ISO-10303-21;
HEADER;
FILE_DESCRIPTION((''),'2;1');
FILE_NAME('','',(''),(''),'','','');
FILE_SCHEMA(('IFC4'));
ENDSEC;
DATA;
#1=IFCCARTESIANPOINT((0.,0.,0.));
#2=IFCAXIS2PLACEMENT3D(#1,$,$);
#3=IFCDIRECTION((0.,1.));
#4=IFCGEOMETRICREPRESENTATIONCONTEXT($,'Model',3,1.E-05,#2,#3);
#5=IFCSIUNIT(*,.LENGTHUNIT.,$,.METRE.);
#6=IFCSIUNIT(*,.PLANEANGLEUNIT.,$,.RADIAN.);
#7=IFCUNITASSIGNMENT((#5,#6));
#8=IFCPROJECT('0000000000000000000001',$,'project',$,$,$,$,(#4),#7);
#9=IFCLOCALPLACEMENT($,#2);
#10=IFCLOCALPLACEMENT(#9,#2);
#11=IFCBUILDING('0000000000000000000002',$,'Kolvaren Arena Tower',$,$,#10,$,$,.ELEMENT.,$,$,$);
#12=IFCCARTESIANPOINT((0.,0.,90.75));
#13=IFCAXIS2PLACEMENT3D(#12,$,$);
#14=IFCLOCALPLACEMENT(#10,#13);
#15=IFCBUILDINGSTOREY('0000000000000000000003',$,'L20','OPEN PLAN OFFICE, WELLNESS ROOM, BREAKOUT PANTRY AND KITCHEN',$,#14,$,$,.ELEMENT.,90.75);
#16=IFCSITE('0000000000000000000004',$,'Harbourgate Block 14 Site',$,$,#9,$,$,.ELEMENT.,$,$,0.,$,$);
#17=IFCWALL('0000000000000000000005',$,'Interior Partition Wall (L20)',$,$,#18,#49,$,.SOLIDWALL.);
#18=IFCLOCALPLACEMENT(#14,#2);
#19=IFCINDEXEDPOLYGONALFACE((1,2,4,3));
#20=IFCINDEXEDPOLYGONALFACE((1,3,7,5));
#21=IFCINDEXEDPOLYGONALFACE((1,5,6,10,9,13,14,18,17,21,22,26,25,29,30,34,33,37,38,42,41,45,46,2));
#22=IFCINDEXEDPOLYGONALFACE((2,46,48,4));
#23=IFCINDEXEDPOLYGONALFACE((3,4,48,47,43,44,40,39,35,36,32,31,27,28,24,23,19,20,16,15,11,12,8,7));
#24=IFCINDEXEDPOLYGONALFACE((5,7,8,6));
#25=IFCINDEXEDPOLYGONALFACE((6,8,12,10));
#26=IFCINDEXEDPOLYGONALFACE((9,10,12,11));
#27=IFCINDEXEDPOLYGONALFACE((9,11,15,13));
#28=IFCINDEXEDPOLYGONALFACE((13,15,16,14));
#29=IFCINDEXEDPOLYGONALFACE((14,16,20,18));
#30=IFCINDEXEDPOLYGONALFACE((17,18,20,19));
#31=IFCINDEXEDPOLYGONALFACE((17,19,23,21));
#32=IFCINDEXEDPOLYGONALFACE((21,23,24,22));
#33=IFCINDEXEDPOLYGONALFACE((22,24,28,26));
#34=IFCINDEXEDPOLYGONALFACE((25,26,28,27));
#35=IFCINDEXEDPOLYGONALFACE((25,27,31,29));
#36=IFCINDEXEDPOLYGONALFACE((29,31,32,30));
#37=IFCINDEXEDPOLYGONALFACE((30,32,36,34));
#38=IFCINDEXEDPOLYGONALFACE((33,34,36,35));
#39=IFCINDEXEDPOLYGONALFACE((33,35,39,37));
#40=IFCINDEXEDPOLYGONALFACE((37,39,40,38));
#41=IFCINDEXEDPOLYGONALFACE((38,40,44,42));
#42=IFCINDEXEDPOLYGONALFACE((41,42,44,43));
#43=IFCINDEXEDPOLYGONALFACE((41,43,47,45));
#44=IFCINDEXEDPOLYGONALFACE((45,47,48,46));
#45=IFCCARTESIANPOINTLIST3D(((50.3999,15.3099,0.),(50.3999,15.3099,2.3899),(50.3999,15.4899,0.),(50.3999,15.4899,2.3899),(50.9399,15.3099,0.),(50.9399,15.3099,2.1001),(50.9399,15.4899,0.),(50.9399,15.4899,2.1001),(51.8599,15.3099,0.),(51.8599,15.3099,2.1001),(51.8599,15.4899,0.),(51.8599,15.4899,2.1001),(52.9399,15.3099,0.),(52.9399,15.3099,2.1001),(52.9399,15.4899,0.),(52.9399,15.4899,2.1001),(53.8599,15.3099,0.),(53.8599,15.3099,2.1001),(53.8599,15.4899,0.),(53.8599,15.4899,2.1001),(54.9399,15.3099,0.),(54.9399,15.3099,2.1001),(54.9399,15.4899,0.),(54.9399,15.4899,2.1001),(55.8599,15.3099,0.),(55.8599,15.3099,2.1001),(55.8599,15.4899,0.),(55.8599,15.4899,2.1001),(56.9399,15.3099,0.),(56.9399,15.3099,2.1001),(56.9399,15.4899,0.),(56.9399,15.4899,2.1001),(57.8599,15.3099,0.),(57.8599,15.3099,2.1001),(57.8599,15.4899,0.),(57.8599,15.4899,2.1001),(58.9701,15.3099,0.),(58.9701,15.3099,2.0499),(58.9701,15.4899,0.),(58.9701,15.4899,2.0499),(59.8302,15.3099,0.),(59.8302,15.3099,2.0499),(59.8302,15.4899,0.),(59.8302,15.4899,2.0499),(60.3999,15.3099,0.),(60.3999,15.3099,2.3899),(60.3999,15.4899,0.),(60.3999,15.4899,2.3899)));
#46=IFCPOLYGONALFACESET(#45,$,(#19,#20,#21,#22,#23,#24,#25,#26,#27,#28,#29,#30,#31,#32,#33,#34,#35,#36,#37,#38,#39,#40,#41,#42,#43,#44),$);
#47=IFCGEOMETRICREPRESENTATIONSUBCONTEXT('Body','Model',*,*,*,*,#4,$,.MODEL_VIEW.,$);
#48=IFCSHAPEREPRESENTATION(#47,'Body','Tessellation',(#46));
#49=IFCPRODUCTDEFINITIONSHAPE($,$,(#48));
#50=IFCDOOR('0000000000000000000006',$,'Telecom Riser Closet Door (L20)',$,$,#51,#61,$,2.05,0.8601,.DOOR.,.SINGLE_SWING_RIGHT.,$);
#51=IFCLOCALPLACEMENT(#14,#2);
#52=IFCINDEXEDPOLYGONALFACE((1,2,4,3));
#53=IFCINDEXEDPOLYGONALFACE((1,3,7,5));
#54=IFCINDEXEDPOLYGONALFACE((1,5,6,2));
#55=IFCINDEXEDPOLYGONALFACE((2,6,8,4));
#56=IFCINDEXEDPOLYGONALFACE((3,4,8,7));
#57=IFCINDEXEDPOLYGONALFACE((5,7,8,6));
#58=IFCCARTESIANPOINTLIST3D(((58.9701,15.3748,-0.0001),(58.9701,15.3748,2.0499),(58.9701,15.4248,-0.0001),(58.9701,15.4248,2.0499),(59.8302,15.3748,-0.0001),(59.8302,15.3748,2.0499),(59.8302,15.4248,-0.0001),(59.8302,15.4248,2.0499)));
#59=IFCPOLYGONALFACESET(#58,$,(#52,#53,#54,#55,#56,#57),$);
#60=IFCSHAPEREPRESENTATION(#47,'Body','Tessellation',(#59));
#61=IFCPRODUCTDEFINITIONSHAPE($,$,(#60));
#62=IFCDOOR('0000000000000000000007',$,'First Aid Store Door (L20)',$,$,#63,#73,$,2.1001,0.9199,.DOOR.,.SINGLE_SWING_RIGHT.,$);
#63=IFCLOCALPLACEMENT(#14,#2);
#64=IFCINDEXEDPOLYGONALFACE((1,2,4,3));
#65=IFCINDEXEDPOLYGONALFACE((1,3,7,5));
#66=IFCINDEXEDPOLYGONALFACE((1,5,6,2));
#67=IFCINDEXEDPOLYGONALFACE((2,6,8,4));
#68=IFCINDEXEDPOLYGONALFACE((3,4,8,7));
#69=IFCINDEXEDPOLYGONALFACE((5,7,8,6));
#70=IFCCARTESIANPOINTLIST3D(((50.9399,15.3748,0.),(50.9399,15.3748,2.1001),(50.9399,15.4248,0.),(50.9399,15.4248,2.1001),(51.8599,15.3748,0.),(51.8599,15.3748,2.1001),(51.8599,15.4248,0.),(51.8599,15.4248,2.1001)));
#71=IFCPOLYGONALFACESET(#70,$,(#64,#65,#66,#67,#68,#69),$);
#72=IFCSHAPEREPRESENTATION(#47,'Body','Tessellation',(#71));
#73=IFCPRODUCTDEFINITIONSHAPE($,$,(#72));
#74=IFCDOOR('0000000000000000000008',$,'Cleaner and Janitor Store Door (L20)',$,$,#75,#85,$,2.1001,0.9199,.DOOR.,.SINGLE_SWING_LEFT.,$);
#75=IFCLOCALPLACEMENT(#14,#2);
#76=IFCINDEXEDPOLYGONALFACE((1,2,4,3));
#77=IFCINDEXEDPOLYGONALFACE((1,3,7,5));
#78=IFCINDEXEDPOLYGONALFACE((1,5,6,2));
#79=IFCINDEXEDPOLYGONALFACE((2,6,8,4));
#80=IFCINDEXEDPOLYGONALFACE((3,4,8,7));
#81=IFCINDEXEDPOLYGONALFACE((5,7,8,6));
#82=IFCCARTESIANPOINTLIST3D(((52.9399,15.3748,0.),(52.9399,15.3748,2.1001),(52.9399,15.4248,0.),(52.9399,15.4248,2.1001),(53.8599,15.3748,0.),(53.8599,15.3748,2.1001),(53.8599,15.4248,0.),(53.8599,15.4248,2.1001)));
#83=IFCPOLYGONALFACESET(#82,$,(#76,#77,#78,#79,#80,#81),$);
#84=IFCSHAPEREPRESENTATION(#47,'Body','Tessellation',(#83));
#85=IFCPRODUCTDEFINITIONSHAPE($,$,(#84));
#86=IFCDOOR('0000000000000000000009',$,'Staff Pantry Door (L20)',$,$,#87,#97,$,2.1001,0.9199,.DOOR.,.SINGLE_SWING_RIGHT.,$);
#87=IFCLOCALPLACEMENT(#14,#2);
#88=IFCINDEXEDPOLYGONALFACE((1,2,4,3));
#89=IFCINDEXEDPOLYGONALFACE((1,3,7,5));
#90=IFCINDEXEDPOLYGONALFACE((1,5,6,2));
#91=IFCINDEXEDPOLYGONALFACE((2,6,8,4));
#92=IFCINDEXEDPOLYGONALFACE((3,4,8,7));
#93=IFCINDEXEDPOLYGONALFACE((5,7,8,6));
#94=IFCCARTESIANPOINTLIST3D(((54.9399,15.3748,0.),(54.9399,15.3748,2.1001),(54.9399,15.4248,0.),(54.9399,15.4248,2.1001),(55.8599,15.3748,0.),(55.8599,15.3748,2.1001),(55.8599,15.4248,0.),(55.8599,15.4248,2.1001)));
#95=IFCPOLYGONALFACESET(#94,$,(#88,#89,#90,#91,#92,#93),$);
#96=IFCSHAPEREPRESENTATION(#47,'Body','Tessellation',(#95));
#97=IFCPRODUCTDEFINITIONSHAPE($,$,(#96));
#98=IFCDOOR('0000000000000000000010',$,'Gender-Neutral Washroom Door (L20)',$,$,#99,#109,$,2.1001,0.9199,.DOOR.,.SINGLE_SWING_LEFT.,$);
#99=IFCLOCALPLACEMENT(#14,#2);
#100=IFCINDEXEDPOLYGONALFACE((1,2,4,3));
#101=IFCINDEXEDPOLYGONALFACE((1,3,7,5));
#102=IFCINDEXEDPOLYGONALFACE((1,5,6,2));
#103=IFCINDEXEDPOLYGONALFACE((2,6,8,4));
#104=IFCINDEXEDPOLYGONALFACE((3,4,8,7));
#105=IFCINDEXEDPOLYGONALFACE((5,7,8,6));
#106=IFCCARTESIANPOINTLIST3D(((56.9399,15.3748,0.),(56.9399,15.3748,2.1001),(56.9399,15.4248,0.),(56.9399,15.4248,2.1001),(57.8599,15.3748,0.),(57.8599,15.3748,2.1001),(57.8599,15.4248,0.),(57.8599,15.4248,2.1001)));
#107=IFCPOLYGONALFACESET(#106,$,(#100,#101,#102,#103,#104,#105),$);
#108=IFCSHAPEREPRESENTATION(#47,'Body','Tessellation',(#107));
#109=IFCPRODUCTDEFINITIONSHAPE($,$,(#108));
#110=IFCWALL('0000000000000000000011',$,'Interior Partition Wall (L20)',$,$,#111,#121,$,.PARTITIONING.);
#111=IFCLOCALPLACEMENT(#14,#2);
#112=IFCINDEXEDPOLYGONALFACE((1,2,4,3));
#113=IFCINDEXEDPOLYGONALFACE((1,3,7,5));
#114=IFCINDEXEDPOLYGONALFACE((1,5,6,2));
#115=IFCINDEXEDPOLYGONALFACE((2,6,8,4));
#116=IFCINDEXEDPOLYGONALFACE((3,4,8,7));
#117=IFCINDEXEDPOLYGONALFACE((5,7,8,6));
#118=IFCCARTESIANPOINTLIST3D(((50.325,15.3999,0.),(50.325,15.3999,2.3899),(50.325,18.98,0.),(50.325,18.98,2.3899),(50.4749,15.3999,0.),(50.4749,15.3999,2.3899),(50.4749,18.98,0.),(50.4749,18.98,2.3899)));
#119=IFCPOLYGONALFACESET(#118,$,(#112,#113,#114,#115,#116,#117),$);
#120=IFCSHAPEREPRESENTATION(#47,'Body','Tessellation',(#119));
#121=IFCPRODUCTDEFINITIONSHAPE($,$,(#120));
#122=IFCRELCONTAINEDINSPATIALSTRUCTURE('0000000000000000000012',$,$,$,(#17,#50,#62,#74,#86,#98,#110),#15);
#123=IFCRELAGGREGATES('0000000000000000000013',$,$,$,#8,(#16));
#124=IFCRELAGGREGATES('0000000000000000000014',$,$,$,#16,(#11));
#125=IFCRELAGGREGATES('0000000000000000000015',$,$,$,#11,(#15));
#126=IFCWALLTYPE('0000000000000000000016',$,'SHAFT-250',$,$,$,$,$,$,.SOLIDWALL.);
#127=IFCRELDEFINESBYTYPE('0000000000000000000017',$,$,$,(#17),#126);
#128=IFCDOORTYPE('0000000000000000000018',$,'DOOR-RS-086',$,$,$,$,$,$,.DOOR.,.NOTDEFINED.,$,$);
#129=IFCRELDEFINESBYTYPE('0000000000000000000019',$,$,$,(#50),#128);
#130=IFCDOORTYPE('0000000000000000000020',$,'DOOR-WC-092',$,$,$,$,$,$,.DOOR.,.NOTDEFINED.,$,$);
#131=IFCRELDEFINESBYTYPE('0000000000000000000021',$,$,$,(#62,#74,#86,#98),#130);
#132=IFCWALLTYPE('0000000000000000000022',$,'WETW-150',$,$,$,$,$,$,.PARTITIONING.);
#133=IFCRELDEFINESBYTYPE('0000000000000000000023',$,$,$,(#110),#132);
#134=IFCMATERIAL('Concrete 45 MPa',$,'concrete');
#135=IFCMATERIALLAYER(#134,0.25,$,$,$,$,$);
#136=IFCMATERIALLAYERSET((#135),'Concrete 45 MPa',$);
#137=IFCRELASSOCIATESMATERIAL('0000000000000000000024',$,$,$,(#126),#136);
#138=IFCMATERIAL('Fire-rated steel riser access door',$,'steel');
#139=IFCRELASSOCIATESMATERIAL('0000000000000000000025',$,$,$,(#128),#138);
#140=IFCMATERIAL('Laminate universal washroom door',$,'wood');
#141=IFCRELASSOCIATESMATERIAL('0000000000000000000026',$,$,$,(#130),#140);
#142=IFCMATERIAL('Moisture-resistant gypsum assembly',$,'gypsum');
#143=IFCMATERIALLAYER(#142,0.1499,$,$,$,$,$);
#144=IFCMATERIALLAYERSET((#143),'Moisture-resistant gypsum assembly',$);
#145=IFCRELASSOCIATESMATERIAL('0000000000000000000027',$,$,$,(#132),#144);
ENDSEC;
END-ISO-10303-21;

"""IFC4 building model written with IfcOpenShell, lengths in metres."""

from ifc_helpers import new_model, si_unit, direction, frame, frame_2d, origin, place, context, subcontext, project, spatial, rectangle, extrude, material, layer, layer_set, type_object, element, fill, save


model = new_model("IFC4")

# Units and contexts
model_context = context("Model", 3, precision=1e-05, world=origin(), true_north=direction((0.0, 1.0)))
body_context = subcontext(model_context, "Body", "Model", "MODEL_VIEW")
ifc_project = project(units=[si_unit("LENGTHUNIT", "METRE"), si_unit("PLANEANGLEUNIT", "RADIAN")], contexts=[model_context])

# Site, building, storey
site_placement = place(None, origin())
site = spatial("IfcSite", under=ifc_project, at=site_placement, Name="Harbourgate Block 14 Site", CompositionType="ELEMENT", RefElevation=0.0)
building_placement = place(site_placement, origin())
building = spatial("IfcBuilding", under=site, at=building_placement, Name="Kolvaren Arena Tower", CompositionType="ELEMENT")
storey_placement = place(building_placement, frame((0.0, 0.0, 90.75)))
storey = spatial("IfcBuildingStorey", under=building, at=storey_placement, Name="L20", Description="OPEN PLAN OFFICE, WELLNESS ROOM, BREAKOUT PANTRY AND KITCHEN", CompositionType="ELEMENT", Elevation=90.75)

# Wall, openings, doors
ifc_material_1 = material(Name="Concrete 45 MPa", Category="concrete")
ifc_layer_1 = layer(ifc_material_1, 0.25)
ifc_layer_set_1 = layer_set([ifc_layer_1], Name="Concrete 45 MPa")
wall_type_1 = type_object("IfcWallType", Name="SHAFT-250", PredefinedType="SOLIDWALL", material=ifc_layer_set_1)
wall_1_placement = place(storey_placement, frame((50.3999, 15.3999, 0.0), z_axis=(0.0, 0.0, 1.0), x_axis=(1.0, 0.0, 0.0)))
wall_1 = element("IfcWall", 1, at=wall_1_placement, inside=storey, type_object=wall_type_1, Name="Interior Partition Wall (L20)", PredefinedType="SOLIDWALL", context=body_context, shape_type="SweptSolid", body=[
    extrude(rectangle(XDim=10.0, YDim=0.1799, at=frame_2d((5.0, 0.0))), origin(), (0.0, 0.0, 1.0), 2.3899),
])
opening_1_placement = place(wall_1_placement, frame((0.54, 0.0, 0.0)))
opening_1 = element("IfcOpeningElement", 2, at=opening_1_placement, cuts=wall_1, PredefinedType="OPENING", context=body_context, shape_type="SweptSolid", body=[
    extrude(rectangle(XDim=0.9199, YDim=2.1001, at=frame_2d((0.46, 1.05))), frame((0.0, 0.0999, 0.0), z_axis=(0.0, -1.0, 0.0), x_axis=(1.0, 0.0, 0.0)), (0.0, 0.0, 1.0), 0.2),
])
opening_2_placement = place(wall_1_placement, frame((2.54, 0.0, 0.0)))
opening_2 = element("IfcOpeningElement", 3, at=opening_2_placement, cuts=wall_1, PredefinedType="OPENING", context=body_context, shape_type="SweptSolid", body=[
    extrude(rectangle(XDim=0.9199, YDim=2.1001, at=frame_2d((0.46, 1.05))), frame((0.0, 0.0999, 0.0), z_axis=(0.0, -1.0, 0.0), x_axis=(1.0, 0.0, 0.0)), (0.0, 0.0, 1.0), 0.2),
])
opening_3_placement = place(wall_1_placement, frame((4.54, 0.0, 0.0)))
opening_3 = element("IfcOpeningElement", 4, at=opening_3_placement, cuts=wall_1, PredefinedType="OPENING", context=body_context, shape_type="SweptSolid", body=[
    extrude(rectangle(XDim=0.9199, YDim=2.1001, at=frame_2d((0.46, 1.05))), frame((0.0, 0.0999, 0.0), z_axis=(0.0, -1.0, 0.0), x_axis=(1.0, 0.0, 0.0)), (0.0, 0.0, 1.0), 0.2),
])
opening_4_placement = place(wall_1_placement, frame((6.54, 0.0, 0.0)))
opening_4 = element("IfcOpeningElement", 5, at=opening_4_placement, cuts=wall_1, PredefinedType="OPENING", context=body_context, shape_type="SweptSolid", body=[
    extrude(rectangle(XDim=0.9199, YDim=2.1001, at=frame_2d((0.46, 1.05))), frame((0.0, 0.0999, 0.0), z_axis=(0.0, -1.0, 0.0), x_axis=(1.0, 0.0, 0.0)), (0.0, 0.0, 1.0), 0.2),
])
opening_5_placement = place(wall_1_placement, frame((8.5701, 0.0, 0.0)))
opening_5 = element("IfcOpeningElement", 6, at=opening_5_placement, cuts=wall_1, PredefinedType="OPENING", context=body_context, shape_type="SweptSolid", body=[
    extrude(rectangle(XDim=0.8601, YDim=2.05, at=frame_2d((0.4302, 1.0249))), frame((0.0, 0.0999, 0.0), z_axis=(0.0, -1.0, 0.0), x_axis=(1.0, 0.0, 0.0)), (0.0, 0.0, 1.0), 0.2),
])
ifc_material_2 = material(Name="Fire-rated steel riser access door", Category="steel")
door_type_1 = type_object("IfcDoorType", Name="DOOR-RS-086", OperationType="NOTDEFINED", PredefinedType="DOOR", material=ifc_material_2)
door_1_placement = place(opening_5_placement, origin())
door_1 = element("IfcDoor", 7, at=door_1_placement, inside=storey, type_object=door_type_1, Name="Telecom Riser Closet Door (L20)", OperationType="SINGLE_SWING_RIGHT", OverallHeight=2.05, OverallWidth=0.8601, PredefinedType="DOOR", context=body_context, shape_type="SweptSolid", body=[
    extrude(rectangle(XDim=0.8601, YDim=2.05, at=frame_2d((0.4302, 1.0249))), frame((0.0, 0.0249, 0.0), z_axis=(0.0, -1.0, 0.0), x_axis=(1.0, 0.0, 0.0)), (0.0, 0.0, 1.0), 0.05),
])
fill(opening_5, door_1)
ifc_material_3 = material(Name="Laminate universal washroom door", Category="wood")
door_type_2 = type_object("IfcDoorType", Name="DOOR-WC-092", OperationType="NOTDEFINED", PredefinedType="DOOR", material=ifc_material_3)
door_2_placement = place(opening_1_placement, origin())
door_2 = element("IfcDoor", 8, at=door_2_placement, inside=storey, type_object=door_type_2, Name="First Aid Store Door (L20)", OperationType="SINGLE_SWING_RIGHT", OverallHeight=2.1001, OverallWidth=0.9199, PredefinedType="DOOR", context=body_context, shape_type="SweptSolid", body=[
    extrude(rectangle(XDim=0.9199, YDim=2.1001, at=frame_2d((0.46, 1.05))), frame((0.0, 0.0249, 0.0), z_axis=(0.0, -1.0, 0.0), x_axis=(1.0, 0.0, 0.0)), (0.0, 0.0, 1.0), 0.05),
])
fill(opening_1, door_2)
door_3_placement = place(opening_2_placement, origin())
door_3 = element("IfcDoor", 9, at=door_3_placement, inside=storey, type_object=door_type_2, Name="Cleaner and Janitor Store Door (L20)", OperationType="SINGLE_SWING_LEFT", OverallHeight=2.1001, OverallWidth=0.9199, PredefinedType="DOOR", context=body_context, shape_type="SweptSolid", body=[
    extrude(rectangle(XDim=0.9199, YDim=2.1001, at=frame_2d((0.46, 1.05))), frame((0.0, 0.0249, 0.0), z_axis=(0.0, -1.0, 0.0), x_axis=(1.0, 0.0, 0.0)), (0.0, 0.0, 1.0), 0.05),
])
fill(opening_2, door_3)
door_4_placement = place(opening_3_placement, origin())
door_4 = element("IfcDoor", 10, at=door_4_placement, inside=storey, type_object=door_type_2, Name="Staff Pantry Door (L20)", OperationType="SINGLE_SWING_RIGHT", OverallHeight=2.1001, OverallWidth=0.9199, PredefinedType="DOOR", context=body_context, shape_type="SweptSolid", body=[
    extrude(rectangle(XDim=0.9199, YDim=2.1001, at=frame_2d((0.46, 1.05))), frame((0.0, 0.0249, 0.0), z_axis=(0.0, -1.0, 0.0), x_axis=(1.0, 0.0, 0.0)), (0.0, 0.0, 1.0), 0.05),
])
fill(opening_3, door_4)
door_5_placement = place(opening_4_placement, origin())
door_5 = element("IfcDoor", 11, at=door_5_placement, inside=storey, type_object=door_type_2, Name="Gender-Neutral Washroom Door (L20)", OperationType="SINGLE_SWING_LEFT", OverallHeight=2.1001, OverallWidth=0.9199, PredefinedType="DOOR", context=body_context, shape_type="SweptSolid", body=[
    extrude(rectangle(XDim=0.9199, YDim=2.1001, at=frame_2d((0.46, 1.05))), frame((0.0, 0.0249, 0.0), z_axis=(0.0, -1.0, 0.0), x_axis=(1.0, 0.0, 0.0)), (0.0, 0.0, 1.0), 0.05),
])
fill(opening_4, door_5)

# Wall
ifc_material_4 = material(Name="Moisture-resistant gypsum assembly", Category="gypsum")
ifc_layer_2 = layer(ifc_material_4, 0.1499)
ifc_layer_set_2 = layer_set([ifc_layer_2], Name="Moisture-resistant gypsum assembly")
wall_type_2 = type_object("IfcWallType", Name="WETW-150", PredefinedType="PARTITIONING", material=ifc_layer_set_2)
wall_2_placement = place(storey_placement, frame((50.3999, 15.3999, 0.0), z_axis=(0.0, 0.0, 1.0), x_axis=(0.0, 1.0, 0.0)))
element("IfcWall", 12, at=wall_2_placement, inside=storey, type_object=wall_type_2, Name="Interior Partition Wall (L20)", PredefinedType="PARTITIONING", context=body_context, shape_type="SweptSolid", body=[
    extrude(rectangle(XDim=3.5801, YDim=0.1499, at=frame_2d((1.79, 0.0))), origin(), (0.0, 0.0, 1.0), 2.3899),
])

save(model, "model.ifc")
